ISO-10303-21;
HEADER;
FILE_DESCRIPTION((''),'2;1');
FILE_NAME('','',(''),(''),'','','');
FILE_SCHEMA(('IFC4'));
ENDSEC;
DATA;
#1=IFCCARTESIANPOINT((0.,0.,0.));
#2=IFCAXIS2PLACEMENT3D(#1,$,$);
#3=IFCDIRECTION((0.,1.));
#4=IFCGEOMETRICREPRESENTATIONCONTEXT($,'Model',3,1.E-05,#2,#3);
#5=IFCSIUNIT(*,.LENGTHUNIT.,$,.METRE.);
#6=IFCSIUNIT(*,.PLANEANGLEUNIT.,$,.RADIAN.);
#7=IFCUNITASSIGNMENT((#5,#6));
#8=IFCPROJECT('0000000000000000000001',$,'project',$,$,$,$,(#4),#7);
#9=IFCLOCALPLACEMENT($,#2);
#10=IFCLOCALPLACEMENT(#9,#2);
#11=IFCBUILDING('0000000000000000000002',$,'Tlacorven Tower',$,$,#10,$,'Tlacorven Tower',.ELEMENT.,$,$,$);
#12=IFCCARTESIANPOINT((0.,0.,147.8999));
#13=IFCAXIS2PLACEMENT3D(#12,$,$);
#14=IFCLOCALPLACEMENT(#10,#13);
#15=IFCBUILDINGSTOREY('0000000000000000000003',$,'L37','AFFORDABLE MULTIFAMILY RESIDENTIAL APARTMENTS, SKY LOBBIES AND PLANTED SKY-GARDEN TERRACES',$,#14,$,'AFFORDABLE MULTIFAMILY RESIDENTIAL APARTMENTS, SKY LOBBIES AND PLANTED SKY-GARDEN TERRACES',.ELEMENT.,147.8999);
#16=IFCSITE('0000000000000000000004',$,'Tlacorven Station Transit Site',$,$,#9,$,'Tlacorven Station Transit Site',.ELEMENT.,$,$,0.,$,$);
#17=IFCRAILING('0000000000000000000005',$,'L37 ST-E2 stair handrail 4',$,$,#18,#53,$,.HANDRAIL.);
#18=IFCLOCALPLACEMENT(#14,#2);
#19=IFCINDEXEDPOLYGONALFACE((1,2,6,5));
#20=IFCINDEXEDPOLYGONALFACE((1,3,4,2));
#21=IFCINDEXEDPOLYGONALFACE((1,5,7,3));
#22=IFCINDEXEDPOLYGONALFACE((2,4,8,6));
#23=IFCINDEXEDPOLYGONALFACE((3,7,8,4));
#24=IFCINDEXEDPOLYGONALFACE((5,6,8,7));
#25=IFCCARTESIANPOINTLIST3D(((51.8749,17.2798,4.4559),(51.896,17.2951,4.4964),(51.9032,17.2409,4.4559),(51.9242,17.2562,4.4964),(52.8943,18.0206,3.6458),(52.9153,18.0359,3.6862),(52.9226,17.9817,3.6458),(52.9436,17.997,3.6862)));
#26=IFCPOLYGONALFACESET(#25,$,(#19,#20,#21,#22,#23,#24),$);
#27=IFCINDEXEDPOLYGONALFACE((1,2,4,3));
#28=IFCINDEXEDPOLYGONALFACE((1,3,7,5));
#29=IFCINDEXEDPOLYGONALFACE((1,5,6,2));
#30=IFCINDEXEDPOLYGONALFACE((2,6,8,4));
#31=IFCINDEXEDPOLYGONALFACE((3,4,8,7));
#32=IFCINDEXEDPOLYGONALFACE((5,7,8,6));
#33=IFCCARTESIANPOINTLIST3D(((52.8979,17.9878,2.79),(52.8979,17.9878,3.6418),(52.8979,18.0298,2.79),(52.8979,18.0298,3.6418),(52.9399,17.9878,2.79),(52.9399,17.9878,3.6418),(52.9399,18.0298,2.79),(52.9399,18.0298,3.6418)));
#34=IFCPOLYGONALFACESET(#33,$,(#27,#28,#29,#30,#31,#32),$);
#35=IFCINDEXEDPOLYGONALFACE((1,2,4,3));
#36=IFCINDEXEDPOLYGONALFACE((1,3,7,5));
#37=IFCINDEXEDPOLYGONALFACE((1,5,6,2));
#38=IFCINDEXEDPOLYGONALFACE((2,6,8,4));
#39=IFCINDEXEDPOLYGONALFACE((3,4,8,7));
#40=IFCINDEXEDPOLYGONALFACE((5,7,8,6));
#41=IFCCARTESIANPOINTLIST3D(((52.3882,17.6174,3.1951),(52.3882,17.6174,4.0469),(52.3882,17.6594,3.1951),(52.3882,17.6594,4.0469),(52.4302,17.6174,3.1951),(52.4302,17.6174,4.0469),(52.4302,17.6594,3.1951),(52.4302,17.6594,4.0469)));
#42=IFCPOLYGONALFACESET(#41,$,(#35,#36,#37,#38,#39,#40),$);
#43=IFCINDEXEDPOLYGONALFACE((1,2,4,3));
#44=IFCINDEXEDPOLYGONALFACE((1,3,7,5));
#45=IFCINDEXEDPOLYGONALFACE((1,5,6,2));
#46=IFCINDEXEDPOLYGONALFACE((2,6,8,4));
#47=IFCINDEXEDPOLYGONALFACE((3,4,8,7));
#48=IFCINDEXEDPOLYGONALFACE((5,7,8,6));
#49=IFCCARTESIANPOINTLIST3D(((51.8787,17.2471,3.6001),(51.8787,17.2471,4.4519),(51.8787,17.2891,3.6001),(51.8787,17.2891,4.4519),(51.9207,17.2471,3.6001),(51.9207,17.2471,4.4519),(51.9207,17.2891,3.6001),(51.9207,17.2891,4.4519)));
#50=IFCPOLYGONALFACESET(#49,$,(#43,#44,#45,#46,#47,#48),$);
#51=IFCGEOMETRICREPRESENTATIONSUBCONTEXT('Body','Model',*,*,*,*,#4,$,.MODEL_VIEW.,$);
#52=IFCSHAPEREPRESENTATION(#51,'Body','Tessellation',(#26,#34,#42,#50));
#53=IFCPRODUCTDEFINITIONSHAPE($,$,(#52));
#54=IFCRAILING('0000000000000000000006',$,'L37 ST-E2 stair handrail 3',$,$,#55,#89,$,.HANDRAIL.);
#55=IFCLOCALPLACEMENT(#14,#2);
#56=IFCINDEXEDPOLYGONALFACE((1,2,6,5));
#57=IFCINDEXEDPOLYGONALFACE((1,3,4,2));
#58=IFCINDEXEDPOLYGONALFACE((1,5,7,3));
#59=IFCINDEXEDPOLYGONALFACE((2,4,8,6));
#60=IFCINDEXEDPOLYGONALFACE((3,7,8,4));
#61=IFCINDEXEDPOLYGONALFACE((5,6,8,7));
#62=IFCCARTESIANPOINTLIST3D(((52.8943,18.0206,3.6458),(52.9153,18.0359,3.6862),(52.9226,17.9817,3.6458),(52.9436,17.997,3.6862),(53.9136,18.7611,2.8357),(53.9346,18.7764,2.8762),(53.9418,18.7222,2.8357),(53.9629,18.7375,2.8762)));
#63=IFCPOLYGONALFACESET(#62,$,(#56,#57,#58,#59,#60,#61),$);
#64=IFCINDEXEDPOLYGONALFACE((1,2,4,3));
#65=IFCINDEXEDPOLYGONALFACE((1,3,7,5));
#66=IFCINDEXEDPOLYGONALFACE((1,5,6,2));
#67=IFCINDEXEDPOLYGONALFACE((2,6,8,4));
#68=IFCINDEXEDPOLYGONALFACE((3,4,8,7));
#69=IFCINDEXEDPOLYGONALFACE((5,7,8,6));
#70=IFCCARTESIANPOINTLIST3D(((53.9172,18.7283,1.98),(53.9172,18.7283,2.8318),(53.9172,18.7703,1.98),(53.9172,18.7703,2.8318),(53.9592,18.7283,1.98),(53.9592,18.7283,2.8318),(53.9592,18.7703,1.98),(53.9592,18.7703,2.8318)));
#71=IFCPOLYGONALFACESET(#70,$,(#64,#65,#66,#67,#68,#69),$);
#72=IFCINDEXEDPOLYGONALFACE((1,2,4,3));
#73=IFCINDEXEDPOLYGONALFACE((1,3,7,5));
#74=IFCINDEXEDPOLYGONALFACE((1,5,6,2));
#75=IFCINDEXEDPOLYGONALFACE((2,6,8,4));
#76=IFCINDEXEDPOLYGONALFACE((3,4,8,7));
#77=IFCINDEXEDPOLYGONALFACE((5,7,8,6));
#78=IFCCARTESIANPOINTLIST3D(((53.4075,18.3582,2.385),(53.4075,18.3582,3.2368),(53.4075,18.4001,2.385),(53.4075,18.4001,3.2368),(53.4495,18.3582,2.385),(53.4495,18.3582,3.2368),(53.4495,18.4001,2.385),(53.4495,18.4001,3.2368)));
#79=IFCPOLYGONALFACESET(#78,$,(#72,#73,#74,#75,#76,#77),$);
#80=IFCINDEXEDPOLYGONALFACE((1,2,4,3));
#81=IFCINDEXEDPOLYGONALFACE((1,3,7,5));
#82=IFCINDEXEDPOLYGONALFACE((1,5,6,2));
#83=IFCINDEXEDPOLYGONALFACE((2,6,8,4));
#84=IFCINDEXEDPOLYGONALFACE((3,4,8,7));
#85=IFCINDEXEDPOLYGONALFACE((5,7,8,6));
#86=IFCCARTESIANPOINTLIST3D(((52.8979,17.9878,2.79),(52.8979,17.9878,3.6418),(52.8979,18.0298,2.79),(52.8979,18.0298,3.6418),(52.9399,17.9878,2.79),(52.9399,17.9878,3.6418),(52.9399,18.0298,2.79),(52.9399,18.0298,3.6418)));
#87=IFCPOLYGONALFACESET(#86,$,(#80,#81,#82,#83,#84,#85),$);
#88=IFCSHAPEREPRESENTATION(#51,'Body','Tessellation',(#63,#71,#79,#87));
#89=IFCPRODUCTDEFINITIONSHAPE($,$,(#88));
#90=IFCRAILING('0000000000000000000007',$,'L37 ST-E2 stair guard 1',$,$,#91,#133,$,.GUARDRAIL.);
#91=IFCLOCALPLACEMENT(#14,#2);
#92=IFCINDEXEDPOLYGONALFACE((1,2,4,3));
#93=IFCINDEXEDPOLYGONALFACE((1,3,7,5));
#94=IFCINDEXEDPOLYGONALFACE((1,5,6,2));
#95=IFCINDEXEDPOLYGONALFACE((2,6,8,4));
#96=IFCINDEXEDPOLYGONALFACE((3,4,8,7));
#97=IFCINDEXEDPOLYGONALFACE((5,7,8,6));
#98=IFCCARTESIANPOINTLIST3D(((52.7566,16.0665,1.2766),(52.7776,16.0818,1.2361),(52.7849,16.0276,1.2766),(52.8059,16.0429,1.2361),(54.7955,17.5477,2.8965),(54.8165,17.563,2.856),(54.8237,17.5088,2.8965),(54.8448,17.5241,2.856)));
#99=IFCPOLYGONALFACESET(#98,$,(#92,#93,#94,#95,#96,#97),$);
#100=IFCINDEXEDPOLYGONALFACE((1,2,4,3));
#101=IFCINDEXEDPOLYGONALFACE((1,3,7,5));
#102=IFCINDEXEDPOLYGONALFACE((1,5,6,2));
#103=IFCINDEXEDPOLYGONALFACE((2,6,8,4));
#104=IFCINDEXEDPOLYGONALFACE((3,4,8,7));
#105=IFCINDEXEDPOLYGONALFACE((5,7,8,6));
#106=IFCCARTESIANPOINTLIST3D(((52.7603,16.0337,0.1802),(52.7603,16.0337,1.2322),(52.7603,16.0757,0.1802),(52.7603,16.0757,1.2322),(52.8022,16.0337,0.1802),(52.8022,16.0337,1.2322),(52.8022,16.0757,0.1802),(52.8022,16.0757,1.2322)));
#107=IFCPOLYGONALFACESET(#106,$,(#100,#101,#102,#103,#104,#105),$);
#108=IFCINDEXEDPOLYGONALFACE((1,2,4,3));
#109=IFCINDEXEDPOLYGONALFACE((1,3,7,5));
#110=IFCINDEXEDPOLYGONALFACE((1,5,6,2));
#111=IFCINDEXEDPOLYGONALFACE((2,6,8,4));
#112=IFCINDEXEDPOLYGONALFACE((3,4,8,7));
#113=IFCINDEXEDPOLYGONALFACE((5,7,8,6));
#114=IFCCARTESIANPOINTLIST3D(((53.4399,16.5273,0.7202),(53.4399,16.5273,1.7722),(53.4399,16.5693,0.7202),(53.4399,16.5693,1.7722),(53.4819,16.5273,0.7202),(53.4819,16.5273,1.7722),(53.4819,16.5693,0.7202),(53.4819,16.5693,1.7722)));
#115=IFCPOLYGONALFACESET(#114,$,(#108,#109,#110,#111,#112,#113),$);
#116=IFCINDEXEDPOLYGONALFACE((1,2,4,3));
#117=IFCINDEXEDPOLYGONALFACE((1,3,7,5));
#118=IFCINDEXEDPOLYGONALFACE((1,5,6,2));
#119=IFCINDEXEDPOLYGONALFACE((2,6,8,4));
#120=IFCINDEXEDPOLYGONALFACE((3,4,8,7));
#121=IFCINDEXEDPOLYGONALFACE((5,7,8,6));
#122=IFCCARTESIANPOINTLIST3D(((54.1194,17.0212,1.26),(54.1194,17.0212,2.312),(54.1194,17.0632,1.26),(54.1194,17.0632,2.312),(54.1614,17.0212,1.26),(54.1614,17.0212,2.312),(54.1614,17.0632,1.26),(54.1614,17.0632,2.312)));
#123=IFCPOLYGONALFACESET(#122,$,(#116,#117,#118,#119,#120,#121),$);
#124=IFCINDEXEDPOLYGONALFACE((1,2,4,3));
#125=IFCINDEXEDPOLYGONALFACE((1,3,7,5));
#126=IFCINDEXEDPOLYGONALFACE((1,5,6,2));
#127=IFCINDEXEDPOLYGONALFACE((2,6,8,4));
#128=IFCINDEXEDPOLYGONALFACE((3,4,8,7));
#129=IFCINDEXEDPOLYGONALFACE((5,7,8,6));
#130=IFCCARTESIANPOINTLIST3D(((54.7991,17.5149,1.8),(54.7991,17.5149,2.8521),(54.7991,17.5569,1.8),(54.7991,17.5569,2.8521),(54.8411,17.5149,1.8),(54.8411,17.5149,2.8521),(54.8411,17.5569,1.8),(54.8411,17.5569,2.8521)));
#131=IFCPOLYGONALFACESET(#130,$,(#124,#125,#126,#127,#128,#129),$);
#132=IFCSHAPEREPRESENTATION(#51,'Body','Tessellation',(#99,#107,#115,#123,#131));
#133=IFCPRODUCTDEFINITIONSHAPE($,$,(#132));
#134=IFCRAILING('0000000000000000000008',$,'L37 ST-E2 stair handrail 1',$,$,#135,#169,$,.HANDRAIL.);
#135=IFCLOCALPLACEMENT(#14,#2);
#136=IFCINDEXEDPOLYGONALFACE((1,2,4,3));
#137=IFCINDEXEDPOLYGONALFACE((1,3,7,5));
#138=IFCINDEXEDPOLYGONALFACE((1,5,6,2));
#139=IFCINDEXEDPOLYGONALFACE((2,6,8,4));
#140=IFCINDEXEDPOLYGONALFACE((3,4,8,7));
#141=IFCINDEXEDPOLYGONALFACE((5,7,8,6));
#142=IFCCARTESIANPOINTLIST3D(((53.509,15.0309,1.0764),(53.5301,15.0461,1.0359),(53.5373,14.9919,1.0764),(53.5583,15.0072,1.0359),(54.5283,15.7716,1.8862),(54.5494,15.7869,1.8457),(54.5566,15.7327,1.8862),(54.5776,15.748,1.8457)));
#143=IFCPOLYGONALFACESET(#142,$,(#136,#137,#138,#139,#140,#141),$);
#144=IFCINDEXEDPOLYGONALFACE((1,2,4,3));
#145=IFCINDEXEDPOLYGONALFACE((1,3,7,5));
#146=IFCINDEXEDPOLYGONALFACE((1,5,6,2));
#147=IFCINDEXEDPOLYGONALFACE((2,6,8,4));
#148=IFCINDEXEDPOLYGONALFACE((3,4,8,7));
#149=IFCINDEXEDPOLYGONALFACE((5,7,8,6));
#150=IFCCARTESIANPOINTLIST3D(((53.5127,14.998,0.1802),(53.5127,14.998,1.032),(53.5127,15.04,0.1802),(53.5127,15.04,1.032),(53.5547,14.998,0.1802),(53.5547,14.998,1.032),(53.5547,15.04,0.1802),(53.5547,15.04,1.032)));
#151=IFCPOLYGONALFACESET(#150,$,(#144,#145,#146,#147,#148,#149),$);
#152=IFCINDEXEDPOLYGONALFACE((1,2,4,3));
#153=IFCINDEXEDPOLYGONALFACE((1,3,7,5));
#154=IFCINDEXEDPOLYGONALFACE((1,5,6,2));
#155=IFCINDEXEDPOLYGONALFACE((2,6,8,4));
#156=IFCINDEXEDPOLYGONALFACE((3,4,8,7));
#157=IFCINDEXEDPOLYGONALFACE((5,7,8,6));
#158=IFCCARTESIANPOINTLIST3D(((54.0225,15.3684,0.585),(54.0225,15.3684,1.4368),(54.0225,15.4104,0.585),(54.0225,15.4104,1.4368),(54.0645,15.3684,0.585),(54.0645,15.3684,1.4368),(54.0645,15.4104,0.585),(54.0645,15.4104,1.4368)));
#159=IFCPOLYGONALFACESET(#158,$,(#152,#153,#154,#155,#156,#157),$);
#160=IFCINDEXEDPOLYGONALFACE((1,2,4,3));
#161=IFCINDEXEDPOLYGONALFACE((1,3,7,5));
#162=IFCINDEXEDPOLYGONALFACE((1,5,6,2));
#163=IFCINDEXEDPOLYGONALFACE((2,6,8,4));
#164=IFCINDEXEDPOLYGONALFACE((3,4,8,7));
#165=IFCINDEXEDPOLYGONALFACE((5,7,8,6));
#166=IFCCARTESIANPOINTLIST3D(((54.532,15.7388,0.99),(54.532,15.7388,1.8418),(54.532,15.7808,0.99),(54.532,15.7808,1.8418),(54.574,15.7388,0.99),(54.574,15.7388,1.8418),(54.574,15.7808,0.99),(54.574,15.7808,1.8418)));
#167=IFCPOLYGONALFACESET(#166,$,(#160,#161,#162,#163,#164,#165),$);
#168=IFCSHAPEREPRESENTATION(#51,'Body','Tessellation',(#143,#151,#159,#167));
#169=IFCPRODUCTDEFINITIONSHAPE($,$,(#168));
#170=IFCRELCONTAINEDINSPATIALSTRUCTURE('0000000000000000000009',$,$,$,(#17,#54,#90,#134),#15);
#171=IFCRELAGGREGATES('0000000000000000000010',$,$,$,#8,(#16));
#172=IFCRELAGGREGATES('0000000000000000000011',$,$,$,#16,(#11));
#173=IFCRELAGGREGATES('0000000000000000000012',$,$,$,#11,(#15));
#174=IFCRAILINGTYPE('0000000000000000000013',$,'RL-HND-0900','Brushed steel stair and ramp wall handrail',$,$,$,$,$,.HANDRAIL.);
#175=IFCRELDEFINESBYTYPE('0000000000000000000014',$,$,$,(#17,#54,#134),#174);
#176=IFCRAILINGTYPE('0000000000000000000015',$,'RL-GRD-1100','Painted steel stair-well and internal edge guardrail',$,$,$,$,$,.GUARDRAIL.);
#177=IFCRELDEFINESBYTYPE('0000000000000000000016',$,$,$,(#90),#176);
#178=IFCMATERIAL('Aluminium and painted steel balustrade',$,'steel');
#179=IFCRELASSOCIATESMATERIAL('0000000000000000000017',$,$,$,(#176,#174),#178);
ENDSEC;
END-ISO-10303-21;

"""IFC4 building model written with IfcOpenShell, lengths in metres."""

from ifc_helpers import new_model, si_unit, direction, frame, origin, origin_2d, place, context, subcontext, project, spatial, rectangle, extrude, source, transform, mapped, material, type_object, element, save


model = new_model("IFC4")

# Units and contexts
model_context = context("Model", 3, precision=1e-05, world=origin(), true_north=direction((0.0, 1.0)))
body_context = subcontext(model_context, "Body", "Model", "MODEL_VIEW")
ifc_project = project(units=[si_unit("LENGTHUNIT", "METRE"), si_unit("PLANEANGLEUNIT", "RADIAN")], contexts=[model_context])

# Site, building, storey
site_placement = place(None, origin())
site = spatial("IfcSite", under=ifc_project, at=site_placement, Name="Tlacorven Station Transit Site", LongName="Tlacorven Station Transit Site", CompositionType="ELEMENT", RefElevation=0.0)
building_placement = place(site_placement, origin())
building = spatial("IfcBuilding", under=site, at=building_placement, Name="Tlacorven Tower", LongName="Tlacorven Tower", CompositionType="ELEMENT")
storey_placement = place(building_placement, frame((0.0, 0.0, 147.8999)))
storey = spatial("IfcBuildingStorey", under=building, at=storey_placement, Name="L37", Description="AFFORDABLE MULTIFAMILY RESIDENTIAL APARTMENTS, SKY LOBBIES AND PLANTED SKY-GARDEN TERRACES", LongName="AFFORDABLE MULTIFAMILY RESIDENTIAL APARTMENTS, SKY LOBBIES AND PLANTED SKY-GARDEN TERRACES", CompositionType="ELEMENT", Elevation=147.8999)

# Railings
ifc_material_1 = material(Name="Aluminium and painted steel balustrade", Category="steel")
railing_type_1 = type_object("IfcRailingType", Name="RL-GRD-1100", Description="Painted steel stair-well and internal edge guardrail", PredefinedType="GUARDRAIL", material=ifc_material_1)
railing_type_2 = type_object("IfcRailingType", Name="RL-HND-0900", Description="Brushed steel stair and ramp wall handrail", PredefinedType="HANDRAIL", material=ifc_material_1)
shared_shape_1 = source(origin(), body_context, "Body", "SweptSolid", [
    extrude(rectangle(XDim=0.0481, YDim=0.0481, at=origin_2d()), frame((0.0, 0.0, 0.876), z_axis=(-0.680461, -0.494496, 0.540783), x_axis=(0.587872, -0.808954, 0.0)), (0.0, 0.0, 1.0), 1.498),
    extrude(rectangle(XDim=0.042, YDim=0.042, at=origin_2d()), origin(), (0.0, 0.0, 1.0), 0.8518),
    extrude(rectangle(XDim=0.042, YDim=0.042, at=origin_2d()), frame((-0.5098, -0.3704, 0.405)), (0.0, 0.0, 1.0), 0.8518),
    extrude(rectangle(XDim=0.042, YDim=0.042, at=origin_2d()), frame((-1.0193, -0.7407, 0.8101)), (0.0, 0.0, 1.0), 0.8518),
])
railing_1_placement = place(storey_placement, frame((52.9189, 18.0088, 2.79)))
element("IfcRailing", 1, at=railing_1_placement, inside=storey, type_object=railing_type_2, Name="L37 ST-E2 stair handrail 4", PredefinedType="HANDRAIL", context=body_context, shape_type="MappedRepresentation", body=[
    mapped(shared_shape_1, transform((0.0, 0.0, 0.0), scale=1.0)),
])
shared_shape_2 = source(origin(), body_context, "Body", "SweptSolid", [
    extrude(rectangle(XDim=0.0481, YDim=0.0481, at=origin_2d()), frame((0.0, 0.0, 0.876), z_axis=(-0.680516, -0.494373, 0.540827), x_axis=(0.587745, -0.809046, 0.0)), (0.0, 0.0, 1.0), 1.4978),
    extrude(rectangle(XDim=0.042, YDim=0.042, at=origin_2d()), origin(), (0.0, 0.0, 1.0), 0.8518),
    extrude(rectangle(XDim=0.042, YDim=0.042, at=origin_2d()), frame((-0.5098, -0.3701, 0.405)), (0.0, 0.0, 1.0), 0.8518),
    extrude(rectangle(XDim=0.042, YDim=0.042, at=origin_2d()), frame((-1.0193, -0.7405, 0.8101)), (0.0, 0.0, 1.0), 0.8518),
])
railing_2_placement = place(storey_placement, frame((53.9382, 18.7493, 1.98)))
element("IfcRailing", 2, at=railing_2_placement, inside=storey, type_object=railing_type_2, Name="L37 ST-E2 stair handrail 3", PredefinedType="HANDRAIL", context=body_context, shape_type="MappedRepresentation", body=[
    mapped(shared_shape_2, transform((0.0, 0.0, 0.0), scale=1.0)),
])
shared_shape_3 = source(origin(), body_context, "Body", "SweptSolid", [
    extrude(rectangle(XDim=0.0481, YDim=0.0481, at=origin_2d()), frame((0.0, 0.0, 1.0762), z_axis=(0.680562, 0.494428, 0.540717), x_axis=(-0.587763, 0.809033, 0.0)), (0.0, 0.0, 1.0), 2.9958),
    extrude(rectangle(XDim=0.042, YDim=0.042, at=origin_2d()), origin(), (0.0, 0.0, 1.0), 1.052),
    extrude(rectangle(XDim=0.042, YDim=0.042, at=origin_2d()), frame((0.6797, 0.4937, 0.54)), (0.0, 0.0, 1.0), 1.052),
    extrude(rectangle(XDim=0.042, YDim=0.042, at=origin_2d()), frame((1.3591, 0.9875, 1.0798)), (0.0, 0.0, 1.0), 1.052),
    extrude(rectangle(XDim=0.042, YDim=0.042, at=origin_2d()), frame((2.0388, 1.4812, 1.6199)), (0.0, 0.0, 1.0), 1.052),
])
railing_3_placement = place(storey_placement, frame((52.7812, 16.0547, 0.1802)))
element("IfcRailing", 3, at=railing_3_placement, inside=storey, type_object=railing_type_1, Name="L37 ST-E2 stair guard 1", PredefinedType="GUARDRAIL", context=body_context, shape_type="MappedRepresentation", body=[
    mapped(shared_shape_3, transform((0.0, 0.0, 0.0), scale=1.0)),
])
shared_shape_4 = source(origin(), body_context, "Body", "SweptSolid", [
    extrude(rectangle(XDim=0.0481, YDim=0.0481, at=origin_2d()), frame((0.0, 0.0, 0.876), z_axis=(0.680521, 0.494539, 0.540668), x_axis=(-0.587872, 0.808954, 0.0)), (0.0, 0.0, 1.0), 1.4978),
    extrude(rectangle(XDim=0.042, YDim=0.042, at=origin_2d()), origin(), (0.0, 0.0, 1.0), 0.8518),
    extrude(rectangle(XDim=0.042, YDim=0.042, at=origin_2d()), frame((0.5098, 0.3704, 0.4048)), (0.0, 0.0, 1.0), 0.8518),
    extrude(rectangle(XDim=0.042, YDim=0.042, at=origin_2d()), frame((1.0193, 0.7407, 0.8098)), (0.0, 0.0, 1.0), 0.8518),
])
railing_4_placement = place(storey_placement, frame((53.5337, 15.019, 0.1802)))
element("IfcRailing", 4, at=railing_4_placement, inside=storey, type_object=railing_type_2, Name="L37 ST-E2 stair handrail 1", PredefinedType="HANDRAIL", context=body_context, shape_type="MappedRepresentation", body=[
    mapped(shared_shape_4, transform((0.0, 0.0, 0.0), scale=1.0)),
])

save(model, "model.ifc")
